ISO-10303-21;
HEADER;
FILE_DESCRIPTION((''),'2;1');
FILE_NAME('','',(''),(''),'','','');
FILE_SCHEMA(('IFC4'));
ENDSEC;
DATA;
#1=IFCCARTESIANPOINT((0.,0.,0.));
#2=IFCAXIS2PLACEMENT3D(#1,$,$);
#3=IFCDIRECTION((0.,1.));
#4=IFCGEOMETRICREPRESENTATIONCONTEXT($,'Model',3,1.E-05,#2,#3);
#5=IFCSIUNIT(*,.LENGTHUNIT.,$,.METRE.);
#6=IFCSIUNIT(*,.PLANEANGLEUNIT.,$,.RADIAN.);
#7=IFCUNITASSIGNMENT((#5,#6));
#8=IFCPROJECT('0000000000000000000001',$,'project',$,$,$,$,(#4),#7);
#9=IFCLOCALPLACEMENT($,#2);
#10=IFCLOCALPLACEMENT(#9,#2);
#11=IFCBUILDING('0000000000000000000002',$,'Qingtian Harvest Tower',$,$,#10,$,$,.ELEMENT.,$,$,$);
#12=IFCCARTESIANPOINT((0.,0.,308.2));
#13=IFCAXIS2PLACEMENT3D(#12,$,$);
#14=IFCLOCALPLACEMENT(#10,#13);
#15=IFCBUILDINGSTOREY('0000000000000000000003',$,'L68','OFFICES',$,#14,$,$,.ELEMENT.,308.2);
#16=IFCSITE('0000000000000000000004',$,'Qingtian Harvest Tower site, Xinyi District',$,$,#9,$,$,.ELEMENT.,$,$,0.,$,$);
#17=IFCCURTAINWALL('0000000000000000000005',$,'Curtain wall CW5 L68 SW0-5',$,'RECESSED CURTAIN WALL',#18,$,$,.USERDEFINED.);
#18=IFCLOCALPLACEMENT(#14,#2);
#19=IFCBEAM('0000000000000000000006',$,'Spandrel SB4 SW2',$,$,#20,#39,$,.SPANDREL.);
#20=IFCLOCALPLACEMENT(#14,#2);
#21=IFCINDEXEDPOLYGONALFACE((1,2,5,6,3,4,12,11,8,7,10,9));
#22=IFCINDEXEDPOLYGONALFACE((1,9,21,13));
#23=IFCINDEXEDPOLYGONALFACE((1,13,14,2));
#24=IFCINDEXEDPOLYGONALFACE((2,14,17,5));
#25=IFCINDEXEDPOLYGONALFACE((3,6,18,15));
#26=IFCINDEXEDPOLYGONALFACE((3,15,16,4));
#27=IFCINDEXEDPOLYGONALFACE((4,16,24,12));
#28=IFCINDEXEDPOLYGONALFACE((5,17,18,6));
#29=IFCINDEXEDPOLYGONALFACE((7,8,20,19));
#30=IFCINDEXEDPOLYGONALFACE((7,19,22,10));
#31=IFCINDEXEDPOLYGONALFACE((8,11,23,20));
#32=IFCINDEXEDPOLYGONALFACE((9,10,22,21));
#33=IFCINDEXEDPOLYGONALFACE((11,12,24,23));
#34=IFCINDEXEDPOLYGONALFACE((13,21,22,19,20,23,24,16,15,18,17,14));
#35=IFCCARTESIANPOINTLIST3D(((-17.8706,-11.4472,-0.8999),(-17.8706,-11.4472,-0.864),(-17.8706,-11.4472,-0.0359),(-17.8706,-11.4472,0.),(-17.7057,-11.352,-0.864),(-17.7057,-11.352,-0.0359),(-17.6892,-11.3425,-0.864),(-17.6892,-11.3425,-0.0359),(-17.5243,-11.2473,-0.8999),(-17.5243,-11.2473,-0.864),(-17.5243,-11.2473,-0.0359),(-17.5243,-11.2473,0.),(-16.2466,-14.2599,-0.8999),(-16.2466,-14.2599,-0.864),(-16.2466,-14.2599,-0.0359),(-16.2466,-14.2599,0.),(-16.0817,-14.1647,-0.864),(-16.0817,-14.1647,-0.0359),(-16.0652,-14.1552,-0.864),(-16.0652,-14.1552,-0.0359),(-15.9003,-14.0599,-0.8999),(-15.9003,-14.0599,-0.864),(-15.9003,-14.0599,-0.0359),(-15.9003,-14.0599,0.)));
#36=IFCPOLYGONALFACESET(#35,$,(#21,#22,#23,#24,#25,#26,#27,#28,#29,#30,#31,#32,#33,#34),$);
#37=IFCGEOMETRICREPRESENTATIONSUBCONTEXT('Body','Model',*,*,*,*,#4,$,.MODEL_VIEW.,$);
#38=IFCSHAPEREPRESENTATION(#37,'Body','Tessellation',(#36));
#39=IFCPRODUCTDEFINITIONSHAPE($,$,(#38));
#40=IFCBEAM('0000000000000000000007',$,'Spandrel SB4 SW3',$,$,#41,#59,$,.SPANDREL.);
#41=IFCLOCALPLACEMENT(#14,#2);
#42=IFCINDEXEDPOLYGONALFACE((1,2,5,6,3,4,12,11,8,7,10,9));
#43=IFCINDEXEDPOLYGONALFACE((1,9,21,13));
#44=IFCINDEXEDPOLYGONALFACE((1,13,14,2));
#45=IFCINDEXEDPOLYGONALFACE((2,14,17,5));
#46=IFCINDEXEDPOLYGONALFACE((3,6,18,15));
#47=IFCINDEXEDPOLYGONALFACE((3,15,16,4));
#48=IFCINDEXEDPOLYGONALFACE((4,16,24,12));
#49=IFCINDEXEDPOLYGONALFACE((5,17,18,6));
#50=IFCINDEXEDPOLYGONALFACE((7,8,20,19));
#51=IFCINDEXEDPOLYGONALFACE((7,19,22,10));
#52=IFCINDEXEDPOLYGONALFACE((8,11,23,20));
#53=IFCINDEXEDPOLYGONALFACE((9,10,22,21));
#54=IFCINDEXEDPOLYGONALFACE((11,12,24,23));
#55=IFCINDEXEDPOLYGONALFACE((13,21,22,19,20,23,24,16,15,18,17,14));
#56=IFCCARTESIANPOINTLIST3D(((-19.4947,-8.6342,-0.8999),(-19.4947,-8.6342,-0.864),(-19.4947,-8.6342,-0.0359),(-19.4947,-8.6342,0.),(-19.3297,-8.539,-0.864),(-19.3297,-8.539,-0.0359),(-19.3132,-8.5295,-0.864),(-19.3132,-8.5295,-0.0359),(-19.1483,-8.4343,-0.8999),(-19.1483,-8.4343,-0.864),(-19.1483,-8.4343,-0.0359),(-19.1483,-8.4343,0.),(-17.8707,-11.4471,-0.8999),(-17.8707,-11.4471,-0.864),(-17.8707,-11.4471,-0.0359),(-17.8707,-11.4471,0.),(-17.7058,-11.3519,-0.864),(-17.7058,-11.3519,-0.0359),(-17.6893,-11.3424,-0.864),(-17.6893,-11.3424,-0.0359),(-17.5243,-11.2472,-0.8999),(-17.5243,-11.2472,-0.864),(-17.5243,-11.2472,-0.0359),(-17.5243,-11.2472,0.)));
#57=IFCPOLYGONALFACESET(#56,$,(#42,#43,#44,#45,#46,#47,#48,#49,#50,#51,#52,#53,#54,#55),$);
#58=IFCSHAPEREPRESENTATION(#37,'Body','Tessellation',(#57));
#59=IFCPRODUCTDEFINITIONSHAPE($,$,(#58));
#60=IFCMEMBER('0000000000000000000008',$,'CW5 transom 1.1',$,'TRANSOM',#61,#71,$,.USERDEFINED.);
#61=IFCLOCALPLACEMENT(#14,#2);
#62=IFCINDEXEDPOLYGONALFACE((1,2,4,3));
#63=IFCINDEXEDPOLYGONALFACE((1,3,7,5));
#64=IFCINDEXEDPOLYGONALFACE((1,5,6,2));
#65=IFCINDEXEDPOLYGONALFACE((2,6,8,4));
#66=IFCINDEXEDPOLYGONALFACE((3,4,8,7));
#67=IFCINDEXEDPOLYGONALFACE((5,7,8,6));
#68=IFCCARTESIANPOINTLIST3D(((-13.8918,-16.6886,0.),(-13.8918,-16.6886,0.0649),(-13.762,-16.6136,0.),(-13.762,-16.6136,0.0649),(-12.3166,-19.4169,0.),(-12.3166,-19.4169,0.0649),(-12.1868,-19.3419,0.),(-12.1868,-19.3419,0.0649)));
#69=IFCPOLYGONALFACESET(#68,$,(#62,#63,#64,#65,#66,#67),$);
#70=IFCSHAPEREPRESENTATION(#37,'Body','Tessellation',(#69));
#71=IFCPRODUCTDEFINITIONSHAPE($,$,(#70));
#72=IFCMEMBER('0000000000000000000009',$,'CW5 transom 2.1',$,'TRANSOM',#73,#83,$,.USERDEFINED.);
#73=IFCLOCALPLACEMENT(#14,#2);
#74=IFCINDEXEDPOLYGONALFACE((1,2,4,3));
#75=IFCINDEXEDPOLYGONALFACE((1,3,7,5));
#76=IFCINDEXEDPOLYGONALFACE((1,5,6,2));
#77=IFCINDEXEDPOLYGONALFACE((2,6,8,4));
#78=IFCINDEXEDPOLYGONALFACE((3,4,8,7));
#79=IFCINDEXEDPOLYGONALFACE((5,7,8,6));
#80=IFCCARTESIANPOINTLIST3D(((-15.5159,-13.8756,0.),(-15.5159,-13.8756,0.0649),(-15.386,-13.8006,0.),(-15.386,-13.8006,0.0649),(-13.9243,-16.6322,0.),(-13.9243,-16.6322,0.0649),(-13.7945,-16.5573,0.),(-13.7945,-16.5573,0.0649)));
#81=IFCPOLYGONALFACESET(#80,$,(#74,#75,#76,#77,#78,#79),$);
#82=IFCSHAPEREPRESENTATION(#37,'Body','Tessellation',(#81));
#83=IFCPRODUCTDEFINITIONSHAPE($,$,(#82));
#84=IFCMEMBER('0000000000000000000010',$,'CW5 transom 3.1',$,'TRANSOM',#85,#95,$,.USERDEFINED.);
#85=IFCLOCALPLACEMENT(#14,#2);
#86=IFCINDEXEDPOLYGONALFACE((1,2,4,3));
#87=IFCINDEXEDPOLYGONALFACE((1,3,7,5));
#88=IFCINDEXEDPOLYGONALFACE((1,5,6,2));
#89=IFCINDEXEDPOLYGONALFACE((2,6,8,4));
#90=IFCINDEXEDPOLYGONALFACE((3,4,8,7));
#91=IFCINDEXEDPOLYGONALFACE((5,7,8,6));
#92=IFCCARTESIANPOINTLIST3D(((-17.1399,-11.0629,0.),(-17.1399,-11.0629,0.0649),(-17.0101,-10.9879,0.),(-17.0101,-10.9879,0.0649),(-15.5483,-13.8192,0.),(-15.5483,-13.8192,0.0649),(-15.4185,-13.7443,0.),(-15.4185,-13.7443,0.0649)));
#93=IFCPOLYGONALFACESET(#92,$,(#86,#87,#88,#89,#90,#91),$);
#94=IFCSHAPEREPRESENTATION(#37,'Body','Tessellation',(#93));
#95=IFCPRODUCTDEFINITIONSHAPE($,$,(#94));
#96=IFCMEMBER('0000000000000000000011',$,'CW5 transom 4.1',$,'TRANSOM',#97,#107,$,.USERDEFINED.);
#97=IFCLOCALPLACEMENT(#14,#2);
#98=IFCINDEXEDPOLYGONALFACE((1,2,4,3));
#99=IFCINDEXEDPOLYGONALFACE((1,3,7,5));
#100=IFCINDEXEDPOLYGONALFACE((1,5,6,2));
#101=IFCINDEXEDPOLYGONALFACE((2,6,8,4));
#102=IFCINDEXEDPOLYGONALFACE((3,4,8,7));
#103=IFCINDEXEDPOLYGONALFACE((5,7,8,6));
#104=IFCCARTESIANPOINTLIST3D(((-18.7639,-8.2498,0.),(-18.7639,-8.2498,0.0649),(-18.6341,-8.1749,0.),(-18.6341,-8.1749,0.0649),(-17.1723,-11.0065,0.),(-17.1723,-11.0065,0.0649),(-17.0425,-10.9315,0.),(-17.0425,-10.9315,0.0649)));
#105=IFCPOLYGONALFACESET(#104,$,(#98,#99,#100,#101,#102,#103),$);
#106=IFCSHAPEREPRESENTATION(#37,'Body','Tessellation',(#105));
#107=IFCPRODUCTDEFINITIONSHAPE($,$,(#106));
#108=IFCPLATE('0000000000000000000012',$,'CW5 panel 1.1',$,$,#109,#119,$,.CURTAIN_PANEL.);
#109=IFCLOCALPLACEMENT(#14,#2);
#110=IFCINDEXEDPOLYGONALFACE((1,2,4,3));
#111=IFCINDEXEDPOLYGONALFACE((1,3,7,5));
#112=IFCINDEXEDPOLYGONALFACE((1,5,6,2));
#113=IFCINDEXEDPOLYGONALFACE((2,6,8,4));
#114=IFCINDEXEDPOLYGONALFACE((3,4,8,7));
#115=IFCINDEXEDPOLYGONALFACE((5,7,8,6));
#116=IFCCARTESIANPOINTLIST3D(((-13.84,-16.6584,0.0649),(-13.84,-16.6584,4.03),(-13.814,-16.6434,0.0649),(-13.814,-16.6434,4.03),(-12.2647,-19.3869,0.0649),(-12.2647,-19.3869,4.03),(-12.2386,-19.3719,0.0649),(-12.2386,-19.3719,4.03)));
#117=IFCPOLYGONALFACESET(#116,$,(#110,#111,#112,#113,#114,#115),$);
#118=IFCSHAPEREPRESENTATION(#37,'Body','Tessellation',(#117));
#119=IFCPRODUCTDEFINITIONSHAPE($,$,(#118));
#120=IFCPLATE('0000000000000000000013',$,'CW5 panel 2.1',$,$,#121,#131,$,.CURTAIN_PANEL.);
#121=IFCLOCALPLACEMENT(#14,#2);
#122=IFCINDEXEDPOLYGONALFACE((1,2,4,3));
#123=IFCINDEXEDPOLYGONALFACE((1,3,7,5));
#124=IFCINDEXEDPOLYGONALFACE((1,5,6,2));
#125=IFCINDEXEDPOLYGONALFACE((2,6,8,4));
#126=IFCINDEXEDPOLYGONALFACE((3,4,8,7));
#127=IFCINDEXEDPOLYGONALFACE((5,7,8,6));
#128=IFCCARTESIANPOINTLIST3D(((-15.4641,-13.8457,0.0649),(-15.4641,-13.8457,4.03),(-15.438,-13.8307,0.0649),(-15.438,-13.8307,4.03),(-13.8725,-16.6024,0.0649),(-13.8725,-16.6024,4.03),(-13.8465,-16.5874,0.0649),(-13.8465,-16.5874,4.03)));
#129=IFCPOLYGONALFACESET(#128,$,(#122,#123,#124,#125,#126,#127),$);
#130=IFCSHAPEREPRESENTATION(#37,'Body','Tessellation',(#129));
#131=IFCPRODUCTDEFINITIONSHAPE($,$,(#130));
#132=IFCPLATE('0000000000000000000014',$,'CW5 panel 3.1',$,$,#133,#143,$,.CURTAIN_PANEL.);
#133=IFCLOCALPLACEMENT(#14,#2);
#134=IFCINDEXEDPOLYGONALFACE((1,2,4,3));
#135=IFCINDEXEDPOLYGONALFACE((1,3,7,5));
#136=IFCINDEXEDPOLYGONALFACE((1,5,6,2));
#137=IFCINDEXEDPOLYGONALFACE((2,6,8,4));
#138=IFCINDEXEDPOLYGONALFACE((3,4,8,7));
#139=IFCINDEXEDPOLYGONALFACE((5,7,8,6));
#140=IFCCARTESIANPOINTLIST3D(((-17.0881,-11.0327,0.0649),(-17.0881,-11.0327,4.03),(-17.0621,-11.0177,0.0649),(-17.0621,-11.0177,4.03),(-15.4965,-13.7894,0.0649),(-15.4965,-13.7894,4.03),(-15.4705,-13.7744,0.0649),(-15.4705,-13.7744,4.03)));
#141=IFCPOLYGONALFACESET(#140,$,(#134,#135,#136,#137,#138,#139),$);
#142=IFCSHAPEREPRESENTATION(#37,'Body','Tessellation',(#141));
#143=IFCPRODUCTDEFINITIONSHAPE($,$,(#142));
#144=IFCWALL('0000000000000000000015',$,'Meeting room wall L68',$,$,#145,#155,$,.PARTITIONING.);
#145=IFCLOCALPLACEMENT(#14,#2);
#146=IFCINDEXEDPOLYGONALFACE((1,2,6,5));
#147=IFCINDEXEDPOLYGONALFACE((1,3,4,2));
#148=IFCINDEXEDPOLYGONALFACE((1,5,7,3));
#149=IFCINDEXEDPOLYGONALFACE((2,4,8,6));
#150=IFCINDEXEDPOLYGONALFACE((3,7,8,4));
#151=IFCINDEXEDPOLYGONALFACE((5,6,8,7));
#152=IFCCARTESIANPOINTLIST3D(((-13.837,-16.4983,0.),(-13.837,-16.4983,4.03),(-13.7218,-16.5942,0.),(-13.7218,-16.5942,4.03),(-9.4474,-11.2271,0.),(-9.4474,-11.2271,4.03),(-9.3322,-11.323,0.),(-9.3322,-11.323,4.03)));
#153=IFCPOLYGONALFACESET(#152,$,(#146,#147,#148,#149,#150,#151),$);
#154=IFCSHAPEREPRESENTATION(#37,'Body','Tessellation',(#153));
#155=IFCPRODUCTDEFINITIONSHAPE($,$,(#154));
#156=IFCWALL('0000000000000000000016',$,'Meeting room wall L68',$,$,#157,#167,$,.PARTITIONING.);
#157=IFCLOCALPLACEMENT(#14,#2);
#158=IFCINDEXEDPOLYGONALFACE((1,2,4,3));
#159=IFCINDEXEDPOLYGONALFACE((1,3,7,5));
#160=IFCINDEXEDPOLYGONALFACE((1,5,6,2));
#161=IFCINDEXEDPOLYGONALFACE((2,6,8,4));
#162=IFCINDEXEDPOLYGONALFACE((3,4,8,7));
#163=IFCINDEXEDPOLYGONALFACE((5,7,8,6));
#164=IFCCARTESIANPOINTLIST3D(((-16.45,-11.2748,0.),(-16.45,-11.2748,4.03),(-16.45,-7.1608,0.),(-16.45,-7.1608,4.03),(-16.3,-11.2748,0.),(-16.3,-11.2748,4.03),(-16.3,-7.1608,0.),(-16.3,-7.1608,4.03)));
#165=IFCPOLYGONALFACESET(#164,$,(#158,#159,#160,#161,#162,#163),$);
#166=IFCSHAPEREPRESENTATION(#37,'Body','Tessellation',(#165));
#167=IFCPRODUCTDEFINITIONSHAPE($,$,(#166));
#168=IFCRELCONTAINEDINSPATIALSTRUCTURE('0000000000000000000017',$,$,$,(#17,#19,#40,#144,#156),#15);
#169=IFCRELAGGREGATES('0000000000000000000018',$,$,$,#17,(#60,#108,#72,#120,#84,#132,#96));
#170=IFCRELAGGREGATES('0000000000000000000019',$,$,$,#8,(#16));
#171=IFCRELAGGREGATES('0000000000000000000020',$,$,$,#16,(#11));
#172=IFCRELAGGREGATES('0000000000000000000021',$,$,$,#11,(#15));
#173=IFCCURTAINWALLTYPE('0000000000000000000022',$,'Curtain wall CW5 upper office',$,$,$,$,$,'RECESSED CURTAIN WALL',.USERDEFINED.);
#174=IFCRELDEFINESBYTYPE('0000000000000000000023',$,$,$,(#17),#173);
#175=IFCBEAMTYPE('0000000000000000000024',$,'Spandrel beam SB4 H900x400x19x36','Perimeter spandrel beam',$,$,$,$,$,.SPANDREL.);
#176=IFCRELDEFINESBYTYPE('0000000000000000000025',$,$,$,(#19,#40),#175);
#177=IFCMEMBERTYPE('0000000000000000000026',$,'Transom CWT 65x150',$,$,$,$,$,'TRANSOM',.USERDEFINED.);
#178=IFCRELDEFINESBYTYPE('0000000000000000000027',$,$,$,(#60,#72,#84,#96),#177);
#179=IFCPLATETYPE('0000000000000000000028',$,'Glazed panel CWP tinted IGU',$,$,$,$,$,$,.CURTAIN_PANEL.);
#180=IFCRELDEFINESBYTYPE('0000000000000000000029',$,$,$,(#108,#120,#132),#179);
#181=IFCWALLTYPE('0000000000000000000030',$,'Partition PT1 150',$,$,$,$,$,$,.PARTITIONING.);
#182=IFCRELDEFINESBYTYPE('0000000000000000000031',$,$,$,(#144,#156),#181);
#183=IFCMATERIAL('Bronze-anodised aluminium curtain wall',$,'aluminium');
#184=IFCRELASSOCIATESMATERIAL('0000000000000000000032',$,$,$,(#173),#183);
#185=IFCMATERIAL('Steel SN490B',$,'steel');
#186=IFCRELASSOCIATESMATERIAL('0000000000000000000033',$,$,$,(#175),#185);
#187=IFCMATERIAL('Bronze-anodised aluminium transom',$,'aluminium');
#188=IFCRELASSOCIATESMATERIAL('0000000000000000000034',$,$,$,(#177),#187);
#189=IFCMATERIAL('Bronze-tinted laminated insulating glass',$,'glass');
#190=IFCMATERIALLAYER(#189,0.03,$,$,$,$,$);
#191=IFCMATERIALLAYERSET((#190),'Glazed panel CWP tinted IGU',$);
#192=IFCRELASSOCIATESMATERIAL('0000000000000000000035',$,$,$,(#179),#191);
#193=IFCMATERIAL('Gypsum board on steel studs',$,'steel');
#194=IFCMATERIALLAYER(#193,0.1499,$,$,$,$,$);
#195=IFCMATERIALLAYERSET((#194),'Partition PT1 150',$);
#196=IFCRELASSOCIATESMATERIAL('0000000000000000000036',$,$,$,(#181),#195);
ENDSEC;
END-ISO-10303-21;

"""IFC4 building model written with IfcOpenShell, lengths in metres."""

from ifc_helpers import new_model, si_unit, direction, frame, frame_2d, origin, origin_2d, place, context, subcontext, project, spatial, rectangle, i_section, extrude, material, layer, layer_set, material_profile, profile_set, type_object, element, aggregate, save


model = new_model("IFC4")

# Units and contexts
model_context = context("Model", 3, precision=1e-05, world=origin(), true_north=direction((0.0, 1.0)))
body_context = subcontext(model_context, "Body", "Model", "MODEL_VIEW")
ifc_project = project(units=[si_unit("LENGTHUNIT", "METRE"), si_unit("PLANEANGLEUNIT", "RADIAN")], contexts=[model_context])

# Site, building, storey
site_placement = place(None, origin())
site = spatial("IfcSite", under=ifc_project, at=site_placement, Name="Qingtian Harvest Tower site, Xinyi District", CompositionType="ELEMENT", RefElevation=0.0)
building_placement = place(site_placement, origin())
building = spatial("IfcBuilding", under=site, at=building_placement, Name="Qingtian Harvest Tower", CompositionType="ELEMENT")
storey_placement = place(building_placement, frame((0.0, 0.0, 308.2)))
storey = spatial("IfcBuildingStorey", under=building, at=storey_placement, Name="L68", Description="OFFICES", CompositionType="ELEMENT", Elevation=308.2)

# Shared definitions
ifc_material_1 = material(Name="Bronze-anodised aluminium curtain wall", Category="aluminium")
curtain_wall_type = type_object("IfcCurtainWallType", Name="Curtain wall CW5 upper office", ElementType="RECESSED CURTAIN WALL", PredefinedType="USERDEFINED", material=ifc_material_1)

# Curtain wall
curtain_wall_1_placement = place(storey_placement, origin())
curtain_wall_1 = element("IfcCurtainWall", 1, at=curtain_wall_1_placement, inside=storey, type_object=curtain_wall_type, Name="Curtain wall CW5 L68 SW0-5", ObjectType="RECESSED CURTAIN WALL", PredefinedType="USERDEFINED")

# Beams
ifc_material_2 = material(Name="Steel SN490B", Category="steel")
ifc_material_profile_1 = material_profile(ifc_material_2, i_section(OverallWidth=0.3999, OverallDepth=0.8999, WebThickness=0.019, FlangeThickness=0.0359, at=origin_2d()), Name="H900x400x19x36")
ifc_profile_set_1 = profile_set([ifc_material_profile_1], Name="Steel SN490B")
beam_type_1 = type_object("IfcBeamType", Name="Spandrel beam SB4 H900x400x19x36", Description="Perimeter spandrel beam", PredefinedType="SPANDREL", material=ifc_profile_set_1)
beam_1_placement = place(storey_placement, frame((-16.0735, -14.1599, -0.45), z_axis=(-0.50002, 0.866014, 0.0), x_axis=(-0.866014, -0.50002, 0.0)))
element("IfcBeam", 2, at=beam_1_placement, inside=storey, type_object=beam_type_1, Name="Spandrel SB4 SW2", PredefinedType="SPANDREL", context=body_context, shape_type="SweptSolid", body=[
    extrude(i_section(OverallWidth=0.3999, OverallDepth=0.8999, WebThickness=0.019, FlangeThickness=0.0359, at=origin_2d()), origin(), (0.0, 0.0, 1.0), 3.2478),
])
beam_2_placement = place(storey_placement, frame((-17.6975, -11.3472, -0.45), z_axis=(-0.499987, 0.866033, 0.0), x_axis=(-0.866033, -0.499987, 0.0)))
element("IfcBeam", 3, at=beam_2_placement, inside=storey, type_object=beam_type_1, Name="Spandrel SB4 SW3", PredefinedType="SPANDREL", context=body_context, shape_type="SweptSolid", body=[
    extrude(i_section(OverallWidth=0.3999, OverallDepth=0.8999, WebThickness=0.019, FlangeThickness=0.0359, at=origin_2d()), origin(), (0.0, 0.0, 1.0), 3.248),
])

# Members
ifc_material_3 = material(Name="Bronze-anodised aluminium transom", Category="aluminium")
ifc_material_profile_2 = material_profile(ifc_material_3, rectangle(XDim=0.1499, YDim=0.0649, at=origin_2d()), Name="AL 65x150")
ifc_profile_set_2 = profile_set([ifc_material_profile_2], Name="Bronze-anodised aluminium transom")
member_type_1 = type_object("IfcMemberType", Name="Transom CWT 65x150", ElementType="TRANSOM", PredefinedType="USERDEFINED", material=ifc_profile_set_2)
member_1_placement = place(storey_placement, frame((-12.2517, -19.3794, 0.0325), z_axis=(-0.500006, 0.866022, 0.0), x_axis=(-0.866022, -0.500006, 0.0)))
member_1 = element("IfcMember", 4, at=member_1_placement, type_object=member_type_1, Name="CW5 transom 1.1", ObjectType="TRANSOM", PredefinedType="USERDEFINED", context=body_context, shape_type="SweptSolid", body=[
    extrude(rectangle(XDim=0.1499, YDim=0.0649, at=origin_2d()), origin(), (0.0, 0.0, 1.0), 3.1504),
])
member_2_placement = place(storey_placement, frame((-13.8594, -16.5947, 0.0325), z_axis=(-0.500008, 0.866021, 0.0), x_axis=(-0.866021, -0.500008, 0.0)))
member_2 = element("IfcMember", 5, at=member_2_placement, type_object=member_type_1, Name="CW5 transom 2.1", ObjectType="TRANSOM", PredefinedType="USERDEFINED", context=body_context, shape_type="SweptSolid", body=[
    extrude(rectangle(XDim=0.1499, YDim=0.0649, at=origin_2d()), origin(), (0.0, 0.0, 1.0), 3.1831),
])
member_3_placement = place(storey_placement, frame((-15.4834, -13.7817, 0.0325), z_axis=(-0.500041, 0.866002, 0.0), x_axis=(-0.866002, -0.500041, 0.0)))
member_3 = element("IfcMember", 6, at=member_3_placement, type_object=member_type_1, Name="CW5 transom 3.1", ObjectType="TRANSOM", PredefinedType="USERDEFINED", context=body_context, shape_type="SweptSolid", body=[
    extrude(rectangle(XDim=0.1499, YDim=0.0649, at=origin_2d()), origin(), (0.0, 0.0, 1.0), 3.1829),
])
member_4_placement = place(storey_placement, frame((-17.1074, -10.969, 0.0325), z_axis=(-0.500008, 0.866021, 0.0), x_axis=(-0.866021, -0.500008, 0.0)))
member_4 = element("IfcMember", 7, at=member_4_placement, type_object=member_type_1, Name="CW5 transom 4.1", ObjectType="TRANSOM", PredefinedType="USERDEFINED", context=body_context, shape_type="SweptSolid", body=[
    extrude(rectangle(XDim=0.1499, YDim=0.0649, at=origin_2d()), origin(), (0.0, 0.0, 1.0), 3.1831),
])

# Plates
ifc_material_4 = material(Name="Bronze-tinted laminated insulating glass", Category="glass")
ifc_layer_1 = layer(ifc_material_4, 0.03)
ifc_layer_set_1 = layer_set([ifc_layer_1], Name="Glazed panel CWP tinted IGU")
plate_type = type_object("IfcPlateType", Name="Glazed panel CWP tinted IGU", PredefinedType="CURTAIN_PANEL", material=ifc_layer_set_1)
plate_1_placement = place(storey_placement, frame((-13.0393, -18.0151, 0.0649), z_axis=(0.0, 0.0, 1.0), x_axis=(-0.5, 0.866025, 0.0)))
plate_1 = element("IfcPlate", 8, at=plate_1_placement, type_object=plate_type, Name="CW5 panel 1.1", PredefinedType="CURTAIN_PANEL", context=body_context, shape_type="SweptSolid", body=[
    extrude(rectangle(XDim=3.1506, YDim=0.03, at=origin_2d()), origin(), (0.0, 0.0, 1.0), 3.9651),
])
plate_2_placement = place(storey_placement, frame((-14.6553, -15.2166, 0.0649), z_axis=(0.0, 0.0, 1.0), x_axis=(-0.5, 0.866025, 0.0)))
plate_2 = element("IfcPlate", 9, at=plate_2_placement, type_object=plate_type, Name="CW5 panel 2.1", PredefinedType="CURTAIN_PANEL", context=body_context, shape_type="SweptSolid", body=[
    extrude(rectangle(XDim=3.1831, YDim=0.03, at=origin_2d()), origin(), (0.0, 0.0, 1.0), 3.9651),
])
plate_3_placement = place(storey_placement, frame((-16.2793, -12.4036, 0.0649), z_axis=(0.0, 0.0, 1.0), x_axis=(-0.5, 0.866025, 0.0)))
plate_3 = element("IfcPlate", 10, at=plate_3_placement, type_object=plate_type, Name="CW5 panel 3.1", PredefinedType="CURTAIN_PANEL", context=body_context, shape_type="SweptSolid", body=[
    extrude(rectangle(XDim=3.1831, YDim=0.03, at=origin_2d()), origin(), (0.0, 0.0, 1.0), 3.9651),
])
aggregate(curtain_wall_1, [member_1, plate_1, member_2, plate_2, member_3, plate_3, member_4])

# Walls
ifc_material_5 = material(Name="Gypsum board on steel studs", Category="steel")
ifc_layer_2 = layer(ifc_material_5, 0.1499)
ifc_layer_set_2 = layer_set([ifc_layer_2], Name="Partition PT1 150")
wall_type = type_object("IfcWallType", Name="Partition PT1 150", PredefinedType="PARTITIONING", material=ifc_layer_set_2)
wall_1_placement = place(storey_placement, frame((-13.7793, -16.5461, 0.0), z_axis=(0.0, 0.0, 1.0), x_axis=(0.639922, 0.76844, 0.0)))
element("IfcWall", 11, at=wall_1_placement, inside=storey, type_object=wall_type, Name="Meeting room wall L68", PredefinedType="PARTITIONING", context=body_context, shape_type="SweptSolid", body=[
    extrude(rectangle(XDim=6.8596, YDim=0.1499, at=frame_2d((3.4297, 0.0))), origin(), (0.0, 0.0, 1.0), 4.03),
])
wall_2_placement = place(storey_placement, frame((-16.375, -11.2749, 0.0), z_axis=(0.0, 0.0, 1.0), x_axis=(0.0, 1.0, 0.0)))
element("IfcWall", 12, at=wall_2_placement, inside=storey, type_object=wall_type, Name="Meeting room wall L68", PredefinedType="PARTITIONING", context=body_context, shape_type="SweptSolid", body=[
    extrude(rectangle(XDim=4.114, YDim=0.1499, at=frame_2d((2.0571, 0.0))), origin(), (0.0, 0.0, 1.0), 4.03),
])

save(model, "model.ifc")
